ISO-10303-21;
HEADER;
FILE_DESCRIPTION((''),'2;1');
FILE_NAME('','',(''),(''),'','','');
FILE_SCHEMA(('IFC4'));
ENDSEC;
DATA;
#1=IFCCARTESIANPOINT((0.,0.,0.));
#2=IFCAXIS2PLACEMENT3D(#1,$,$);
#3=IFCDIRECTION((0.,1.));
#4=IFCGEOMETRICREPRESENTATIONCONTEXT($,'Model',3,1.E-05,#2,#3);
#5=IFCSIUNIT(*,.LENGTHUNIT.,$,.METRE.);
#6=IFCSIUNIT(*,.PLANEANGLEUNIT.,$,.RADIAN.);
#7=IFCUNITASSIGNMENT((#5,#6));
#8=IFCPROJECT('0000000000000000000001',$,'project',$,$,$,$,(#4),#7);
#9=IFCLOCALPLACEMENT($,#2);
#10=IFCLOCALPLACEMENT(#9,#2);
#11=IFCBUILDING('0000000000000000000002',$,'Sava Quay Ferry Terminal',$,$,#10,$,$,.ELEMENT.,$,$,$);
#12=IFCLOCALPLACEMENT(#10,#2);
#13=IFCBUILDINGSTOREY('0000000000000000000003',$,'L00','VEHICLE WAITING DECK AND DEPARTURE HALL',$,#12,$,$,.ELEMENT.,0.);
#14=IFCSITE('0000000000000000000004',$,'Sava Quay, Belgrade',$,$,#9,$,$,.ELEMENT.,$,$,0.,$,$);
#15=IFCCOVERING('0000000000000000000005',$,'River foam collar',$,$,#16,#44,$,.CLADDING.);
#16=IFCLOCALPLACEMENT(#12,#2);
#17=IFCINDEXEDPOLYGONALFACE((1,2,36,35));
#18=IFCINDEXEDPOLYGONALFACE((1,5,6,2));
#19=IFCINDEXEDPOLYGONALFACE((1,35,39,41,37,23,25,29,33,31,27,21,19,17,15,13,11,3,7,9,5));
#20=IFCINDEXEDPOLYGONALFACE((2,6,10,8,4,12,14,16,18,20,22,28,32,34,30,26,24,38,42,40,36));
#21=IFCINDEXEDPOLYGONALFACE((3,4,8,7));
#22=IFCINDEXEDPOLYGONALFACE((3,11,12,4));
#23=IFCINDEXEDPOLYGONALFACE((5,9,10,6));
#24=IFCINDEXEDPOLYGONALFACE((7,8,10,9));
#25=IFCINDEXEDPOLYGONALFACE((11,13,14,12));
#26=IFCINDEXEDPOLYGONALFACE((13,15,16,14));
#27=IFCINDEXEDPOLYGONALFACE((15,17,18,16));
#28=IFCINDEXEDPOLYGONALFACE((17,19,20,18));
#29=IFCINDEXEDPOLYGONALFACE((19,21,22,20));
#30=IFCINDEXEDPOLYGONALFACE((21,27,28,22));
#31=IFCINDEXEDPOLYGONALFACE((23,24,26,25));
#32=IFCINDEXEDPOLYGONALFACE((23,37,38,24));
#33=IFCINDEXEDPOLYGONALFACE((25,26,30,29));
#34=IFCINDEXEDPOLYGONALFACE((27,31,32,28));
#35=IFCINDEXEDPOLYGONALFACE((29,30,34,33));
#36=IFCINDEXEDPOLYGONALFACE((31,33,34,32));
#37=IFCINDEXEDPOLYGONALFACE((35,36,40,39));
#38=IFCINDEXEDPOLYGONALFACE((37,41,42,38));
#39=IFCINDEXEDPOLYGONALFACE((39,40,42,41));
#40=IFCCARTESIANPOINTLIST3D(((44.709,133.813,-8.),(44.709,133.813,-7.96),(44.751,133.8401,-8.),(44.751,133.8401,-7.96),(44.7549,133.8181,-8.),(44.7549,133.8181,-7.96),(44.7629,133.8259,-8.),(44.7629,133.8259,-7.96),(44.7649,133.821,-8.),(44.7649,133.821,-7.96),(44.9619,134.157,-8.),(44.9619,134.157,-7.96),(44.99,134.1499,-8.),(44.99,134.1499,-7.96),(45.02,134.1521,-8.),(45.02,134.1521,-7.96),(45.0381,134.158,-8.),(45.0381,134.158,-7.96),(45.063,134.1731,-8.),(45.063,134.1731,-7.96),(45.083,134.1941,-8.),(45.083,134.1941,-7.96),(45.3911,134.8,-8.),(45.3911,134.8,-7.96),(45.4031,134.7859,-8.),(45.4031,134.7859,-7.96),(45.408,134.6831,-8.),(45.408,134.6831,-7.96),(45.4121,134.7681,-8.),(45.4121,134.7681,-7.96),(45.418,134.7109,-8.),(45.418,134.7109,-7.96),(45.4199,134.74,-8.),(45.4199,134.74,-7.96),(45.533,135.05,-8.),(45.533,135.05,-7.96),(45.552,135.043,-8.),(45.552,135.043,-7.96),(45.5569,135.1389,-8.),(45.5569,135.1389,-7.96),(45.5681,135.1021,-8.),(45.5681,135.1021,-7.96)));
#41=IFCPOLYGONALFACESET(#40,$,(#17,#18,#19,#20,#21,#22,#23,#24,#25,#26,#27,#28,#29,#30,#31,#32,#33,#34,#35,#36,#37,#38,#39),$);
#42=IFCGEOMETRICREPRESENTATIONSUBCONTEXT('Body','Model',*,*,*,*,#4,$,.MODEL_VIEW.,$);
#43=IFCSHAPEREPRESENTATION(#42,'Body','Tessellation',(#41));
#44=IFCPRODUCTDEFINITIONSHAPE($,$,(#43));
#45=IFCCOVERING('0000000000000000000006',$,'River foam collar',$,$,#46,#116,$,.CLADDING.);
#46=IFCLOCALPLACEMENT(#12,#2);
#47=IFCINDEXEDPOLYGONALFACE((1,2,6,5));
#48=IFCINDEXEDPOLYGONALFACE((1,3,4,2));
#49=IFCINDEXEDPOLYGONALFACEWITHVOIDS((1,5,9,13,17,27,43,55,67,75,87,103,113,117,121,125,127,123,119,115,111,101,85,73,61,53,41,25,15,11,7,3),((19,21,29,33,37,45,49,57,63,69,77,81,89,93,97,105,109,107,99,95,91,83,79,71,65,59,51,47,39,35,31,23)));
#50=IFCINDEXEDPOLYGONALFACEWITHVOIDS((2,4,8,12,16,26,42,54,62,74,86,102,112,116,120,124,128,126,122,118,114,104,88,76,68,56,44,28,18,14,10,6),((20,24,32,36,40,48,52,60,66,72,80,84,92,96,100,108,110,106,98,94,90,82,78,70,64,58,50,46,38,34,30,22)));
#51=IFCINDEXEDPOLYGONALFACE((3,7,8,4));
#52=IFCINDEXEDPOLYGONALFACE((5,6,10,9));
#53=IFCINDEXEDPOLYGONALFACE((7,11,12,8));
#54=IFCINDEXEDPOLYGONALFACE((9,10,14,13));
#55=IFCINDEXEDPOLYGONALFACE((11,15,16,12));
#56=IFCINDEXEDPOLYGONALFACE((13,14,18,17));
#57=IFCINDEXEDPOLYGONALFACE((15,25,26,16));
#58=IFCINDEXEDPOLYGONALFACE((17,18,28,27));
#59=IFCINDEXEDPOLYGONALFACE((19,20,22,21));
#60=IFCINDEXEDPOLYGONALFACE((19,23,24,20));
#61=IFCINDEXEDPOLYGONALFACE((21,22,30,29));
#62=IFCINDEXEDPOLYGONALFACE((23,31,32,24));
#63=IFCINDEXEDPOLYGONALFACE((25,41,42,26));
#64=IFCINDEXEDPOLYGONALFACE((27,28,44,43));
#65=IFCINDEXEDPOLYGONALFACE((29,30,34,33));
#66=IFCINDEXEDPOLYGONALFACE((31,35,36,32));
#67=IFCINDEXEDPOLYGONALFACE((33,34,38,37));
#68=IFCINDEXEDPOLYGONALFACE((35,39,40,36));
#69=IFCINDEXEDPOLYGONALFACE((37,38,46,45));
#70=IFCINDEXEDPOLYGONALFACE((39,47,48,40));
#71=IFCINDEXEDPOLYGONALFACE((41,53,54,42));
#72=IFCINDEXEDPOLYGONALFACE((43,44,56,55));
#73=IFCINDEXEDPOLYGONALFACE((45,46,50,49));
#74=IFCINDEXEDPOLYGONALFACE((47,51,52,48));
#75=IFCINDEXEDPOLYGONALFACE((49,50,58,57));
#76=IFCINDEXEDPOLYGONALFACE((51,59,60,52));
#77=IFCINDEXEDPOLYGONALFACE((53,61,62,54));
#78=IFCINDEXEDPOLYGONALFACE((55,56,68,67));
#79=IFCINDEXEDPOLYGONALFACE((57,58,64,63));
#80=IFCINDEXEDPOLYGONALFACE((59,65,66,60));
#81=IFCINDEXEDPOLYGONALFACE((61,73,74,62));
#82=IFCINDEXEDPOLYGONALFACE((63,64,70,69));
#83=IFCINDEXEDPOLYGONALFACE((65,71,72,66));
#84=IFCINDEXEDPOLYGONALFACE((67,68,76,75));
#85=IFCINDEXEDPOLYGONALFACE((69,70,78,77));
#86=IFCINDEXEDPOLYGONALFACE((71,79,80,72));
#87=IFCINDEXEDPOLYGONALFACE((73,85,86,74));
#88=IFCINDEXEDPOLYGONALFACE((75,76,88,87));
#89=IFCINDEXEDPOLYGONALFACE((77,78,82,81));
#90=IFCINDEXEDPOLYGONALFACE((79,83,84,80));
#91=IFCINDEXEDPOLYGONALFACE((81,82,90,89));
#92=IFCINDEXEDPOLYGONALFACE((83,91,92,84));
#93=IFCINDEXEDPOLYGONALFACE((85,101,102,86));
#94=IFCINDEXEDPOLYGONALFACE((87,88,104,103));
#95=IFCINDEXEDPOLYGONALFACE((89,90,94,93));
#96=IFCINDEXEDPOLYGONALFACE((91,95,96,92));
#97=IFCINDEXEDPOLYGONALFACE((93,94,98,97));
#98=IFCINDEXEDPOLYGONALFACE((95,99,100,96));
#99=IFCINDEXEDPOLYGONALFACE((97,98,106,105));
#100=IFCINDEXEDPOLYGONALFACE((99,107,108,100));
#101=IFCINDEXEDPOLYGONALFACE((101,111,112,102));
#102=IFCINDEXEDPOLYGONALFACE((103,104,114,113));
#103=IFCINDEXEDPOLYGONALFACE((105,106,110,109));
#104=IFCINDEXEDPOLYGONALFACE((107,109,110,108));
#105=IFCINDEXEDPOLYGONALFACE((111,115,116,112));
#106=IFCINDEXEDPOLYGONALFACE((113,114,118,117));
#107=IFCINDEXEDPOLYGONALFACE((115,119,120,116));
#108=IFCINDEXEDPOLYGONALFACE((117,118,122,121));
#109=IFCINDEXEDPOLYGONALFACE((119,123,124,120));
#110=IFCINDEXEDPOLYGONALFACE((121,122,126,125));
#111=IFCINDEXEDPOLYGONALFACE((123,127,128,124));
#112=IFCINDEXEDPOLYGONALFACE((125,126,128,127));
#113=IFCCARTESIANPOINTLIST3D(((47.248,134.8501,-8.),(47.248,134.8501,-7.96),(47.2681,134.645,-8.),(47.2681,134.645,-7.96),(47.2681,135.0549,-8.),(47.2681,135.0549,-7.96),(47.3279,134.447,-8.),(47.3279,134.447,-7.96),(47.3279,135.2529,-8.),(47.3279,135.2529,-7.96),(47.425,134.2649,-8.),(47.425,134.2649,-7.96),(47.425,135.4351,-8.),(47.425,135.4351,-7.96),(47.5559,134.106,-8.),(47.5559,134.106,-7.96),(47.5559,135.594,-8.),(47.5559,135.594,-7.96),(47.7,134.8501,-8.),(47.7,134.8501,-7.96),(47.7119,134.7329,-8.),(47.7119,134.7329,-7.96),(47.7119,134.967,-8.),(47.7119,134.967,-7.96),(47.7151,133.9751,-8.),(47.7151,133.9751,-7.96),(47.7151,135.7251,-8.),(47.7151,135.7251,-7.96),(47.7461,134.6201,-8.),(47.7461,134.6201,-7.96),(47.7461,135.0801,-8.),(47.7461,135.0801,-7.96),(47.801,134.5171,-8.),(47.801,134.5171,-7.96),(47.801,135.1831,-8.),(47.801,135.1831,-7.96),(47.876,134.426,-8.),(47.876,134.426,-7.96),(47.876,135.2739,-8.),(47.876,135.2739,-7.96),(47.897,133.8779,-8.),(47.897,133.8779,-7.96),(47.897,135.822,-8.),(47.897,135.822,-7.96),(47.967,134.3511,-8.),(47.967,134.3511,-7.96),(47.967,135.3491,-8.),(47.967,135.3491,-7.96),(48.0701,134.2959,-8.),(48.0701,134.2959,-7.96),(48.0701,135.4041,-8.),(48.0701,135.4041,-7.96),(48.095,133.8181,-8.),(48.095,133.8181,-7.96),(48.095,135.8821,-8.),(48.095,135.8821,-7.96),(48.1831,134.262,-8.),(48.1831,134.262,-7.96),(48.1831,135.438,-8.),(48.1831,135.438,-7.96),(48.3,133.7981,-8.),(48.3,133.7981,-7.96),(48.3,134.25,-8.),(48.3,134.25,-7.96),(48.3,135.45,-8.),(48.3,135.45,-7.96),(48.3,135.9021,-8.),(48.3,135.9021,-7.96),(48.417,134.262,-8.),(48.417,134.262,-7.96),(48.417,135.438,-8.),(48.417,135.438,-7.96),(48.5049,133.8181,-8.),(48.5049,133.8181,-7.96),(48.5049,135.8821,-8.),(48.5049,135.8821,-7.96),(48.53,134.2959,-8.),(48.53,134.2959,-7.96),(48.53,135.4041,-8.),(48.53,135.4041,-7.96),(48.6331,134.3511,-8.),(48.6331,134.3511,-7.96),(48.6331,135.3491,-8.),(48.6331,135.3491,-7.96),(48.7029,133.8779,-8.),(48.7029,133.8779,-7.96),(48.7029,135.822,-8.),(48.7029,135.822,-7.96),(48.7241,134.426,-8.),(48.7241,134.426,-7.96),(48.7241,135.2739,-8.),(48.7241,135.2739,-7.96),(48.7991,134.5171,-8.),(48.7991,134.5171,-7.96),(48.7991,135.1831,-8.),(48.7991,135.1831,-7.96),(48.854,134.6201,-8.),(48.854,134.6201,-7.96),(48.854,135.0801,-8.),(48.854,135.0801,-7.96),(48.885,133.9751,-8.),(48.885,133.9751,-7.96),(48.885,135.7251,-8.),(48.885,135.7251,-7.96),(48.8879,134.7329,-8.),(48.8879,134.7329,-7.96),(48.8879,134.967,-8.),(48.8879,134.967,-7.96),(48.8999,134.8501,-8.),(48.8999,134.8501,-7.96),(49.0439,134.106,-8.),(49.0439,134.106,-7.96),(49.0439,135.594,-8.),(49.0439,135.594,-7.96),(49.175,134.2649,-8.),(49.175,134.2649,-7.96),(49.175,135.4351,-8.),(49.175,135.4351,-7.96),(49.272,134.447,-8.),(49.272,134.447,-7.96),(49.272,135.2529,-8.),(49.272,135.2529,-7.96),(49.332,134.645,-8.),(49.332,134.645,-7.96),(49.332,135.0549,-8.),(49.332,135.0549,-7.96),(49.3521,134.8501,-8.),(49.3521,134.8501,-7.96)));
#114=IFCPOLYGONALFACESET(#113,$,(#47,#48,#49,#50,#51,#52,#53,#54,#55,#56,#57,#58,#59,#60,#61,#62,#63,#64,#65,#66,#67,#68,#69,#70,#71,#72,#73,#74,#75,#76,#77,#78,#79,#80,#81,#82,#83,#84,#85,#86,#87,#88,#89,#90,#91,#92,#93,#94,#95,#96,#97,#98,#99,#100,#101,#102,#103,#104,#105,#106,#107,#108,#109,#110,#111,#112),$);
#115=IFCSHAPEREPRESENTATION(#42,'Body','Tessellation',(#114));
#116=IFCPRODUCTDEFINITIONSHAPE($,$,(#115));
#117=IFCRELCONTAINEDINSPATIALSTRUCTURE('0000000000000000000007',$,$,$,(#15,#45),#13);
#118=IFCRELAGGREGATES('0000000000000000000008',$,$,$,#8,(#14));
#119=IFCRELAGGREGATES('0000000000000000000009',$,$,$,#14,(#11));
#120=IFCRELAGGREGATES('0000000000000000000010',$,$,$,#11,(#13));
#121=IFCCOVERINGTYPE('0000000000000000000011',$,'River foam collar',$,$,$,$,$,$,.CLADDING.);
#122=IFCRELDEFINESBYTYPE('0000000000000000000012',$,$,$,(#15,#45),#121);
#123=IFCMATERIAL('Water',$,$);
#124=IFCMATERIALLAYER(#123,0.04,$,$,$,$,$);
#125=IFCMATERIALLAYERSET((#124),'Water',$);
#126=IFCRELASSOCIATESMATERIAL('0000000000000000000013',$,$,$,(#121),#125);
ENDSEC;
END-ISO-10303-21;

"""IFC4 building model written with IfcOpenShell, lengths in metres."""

from ifc_helpers import new_model, si_unit, direction, frame, origin, place, context, subcontext, project, spatial, polyline, outline, extrude, material, layer, layer_set, type_object, element, save


model = new_model("IFC4")

# Units and contexts
model_context = context("Model", 3, precision=1e-05, world=origin(), true_north=direction((0.0, 1.0)))
body_context = subcontext(model_context, "Body", "Model", "MODEL_VIEW")
ifc_project = project(units=[si_unit("LENGTHUNIT", "METRE"), si_unit("PLANEANGLEUNIT", "RADIAN")], contexts=[model_context])

# Site, building, storey
site_placement = place(None, origin())
site = spatial("IfcSite", under=ifc_project, at=site_placement, Name="Sava Quay, Belgrade", CompositionType="ELEMENT", RefElevation=0.0)
building_placement = place(site_placement, origin())
building = spatial("IfcBuilding", under=site, at=building_placement, Name="Sava Quay Ferry Terminal", CompositionType="ELEMENT")
storey_placement = place(building_placement, origin())
storey = spatial("IfcBuildingStorey", under=building, at=storey_placement, Name="L00", Description="VEHICLE WAITING DECK AND DEPARTURE HALL", CompositionType="ELEMENT", Elevation=0.0)

# Coverings
ifc_material_1 = material(Name="Water")
ifc_layer_1 = layer(ifc_material_1, 0.04)
ifc_layer_set_1 = layer_set([ifc_layer_1], Name="Water")
covering_type_1 = type_object("IfcCoveringType", Name="River foam collar", PredefinedType="CLADDING", material=ifc_layer_set_1)
covering_1_placement = place(storey_placement, frame((0.0, 0.0, -8.0)))
element("IfcCovering", 1, at=covering_1_placement, inside=storey, type_object=covering_type_1, Name="River foam collar", PredefinedType="CLADDING", context=body_context, shape_type="SweptSolid", body=[
    extrude(outline(polyline([(45.0381, 134.158), (45.063, 134.1731), (45.083, 134.1941), (45.408, 134.6831), (45.418, 134.7109), (45.4199, 134.74), (45.4121, 134.7681), (45.4031, 134.7859), (45.3911, 134.8), (45.552, 135.043), (45.5681, 135.1021), (45.5569, 135.1389), (45.533, 135.05), (44.709, 133.813), (44.7549, 133.8181), (44.7649, 133.821), (44.7629, 133.8259), (44.751, 133.8401), (44.9619, 134.157), (44.99, 134.1499), (45.02, 134.1521), (45.0381, 134.158)])), origin(), (0.0, 0.0, 1.0), 0.04),
])
covering_2_placement = place(storey_placement, frame((0.0, 0.0, -8.0)))
element("IfcCovering", 2, at=covering_2_placement, inside=storey, type_object=covering_type_1, Name="River foam collar", PredefinedType="CLADDING", context=body_context, shape_type="SweptSolid", body=[
    extrude(outline(polyline([(47.897, 135.822), (47.7151, 135.7251), (47.5559, 135.594), (47.425, 135.4351), (47.3279, 135.2529), (47.2681, 135.0549), (47.248, 134.8501), (47.2681, 134.645), (47.3279, 134.447), (47.425, 134.2649), (47.5559, 134.106), (47.7151, 133.9751), (47.897, 133.8779), (48.095, 133.8181), (48.3, 133.7981), (48.5049, 133.8181), (48.7029, 133.8779), (48.885, 133.9751), (49.0439, 134.106), (49.175, 134.2649), (49.272, 134.447), (49.332, 134.645), (49.3521, 134.8501), (49.332, 135.0549), (49.272, 135.2529), (49.175, 135.4351), (49.0439, 135.594), (48.885, 135.7251), (48.7029, 135.822), (48.5049, 135.8821), (48.3, 135.9021), (48.095, 135.8821), (47.897, 135.822)]), holes=[polyline([(48.0701, 134.2959), (47.967, 134.3511), (47.876, 134.426), (47.801, 134.5171), (47.7461, 134.6201), (47.7119, 134.7329), (47.7, 134.8501), (47.7119, 134.967), (47.7461, 135.0801), (47.801, 135.1831), (47.876, 135.2739), (47.967, 135.3491), (48.0701, 135.4041), (48.1831, 135.438), (48.3, 135.45), (48.417, 135.438), (48.53, 135.4041), (48.6331, 135.3491), (48.7241, 135.2739), (48.7991, 135.1831), (48.854, 135.0801), (48.8879, 134.967), (48.8999, 134.8501), (48.8879, 134.7329), (48.854, 134.6201), (48.7991, 134.5171), (48.7241, 134.426), (48.6331, 134.3511), (48.53, 134.2959), (48.417, 134.262), (48.3, 134.25), (48.1831, 134.262), (48.0701, 134.2959)])]), origin(), (0.0, 0.0, 1.0), 0.04),
])

save(model, "model.ifc")
